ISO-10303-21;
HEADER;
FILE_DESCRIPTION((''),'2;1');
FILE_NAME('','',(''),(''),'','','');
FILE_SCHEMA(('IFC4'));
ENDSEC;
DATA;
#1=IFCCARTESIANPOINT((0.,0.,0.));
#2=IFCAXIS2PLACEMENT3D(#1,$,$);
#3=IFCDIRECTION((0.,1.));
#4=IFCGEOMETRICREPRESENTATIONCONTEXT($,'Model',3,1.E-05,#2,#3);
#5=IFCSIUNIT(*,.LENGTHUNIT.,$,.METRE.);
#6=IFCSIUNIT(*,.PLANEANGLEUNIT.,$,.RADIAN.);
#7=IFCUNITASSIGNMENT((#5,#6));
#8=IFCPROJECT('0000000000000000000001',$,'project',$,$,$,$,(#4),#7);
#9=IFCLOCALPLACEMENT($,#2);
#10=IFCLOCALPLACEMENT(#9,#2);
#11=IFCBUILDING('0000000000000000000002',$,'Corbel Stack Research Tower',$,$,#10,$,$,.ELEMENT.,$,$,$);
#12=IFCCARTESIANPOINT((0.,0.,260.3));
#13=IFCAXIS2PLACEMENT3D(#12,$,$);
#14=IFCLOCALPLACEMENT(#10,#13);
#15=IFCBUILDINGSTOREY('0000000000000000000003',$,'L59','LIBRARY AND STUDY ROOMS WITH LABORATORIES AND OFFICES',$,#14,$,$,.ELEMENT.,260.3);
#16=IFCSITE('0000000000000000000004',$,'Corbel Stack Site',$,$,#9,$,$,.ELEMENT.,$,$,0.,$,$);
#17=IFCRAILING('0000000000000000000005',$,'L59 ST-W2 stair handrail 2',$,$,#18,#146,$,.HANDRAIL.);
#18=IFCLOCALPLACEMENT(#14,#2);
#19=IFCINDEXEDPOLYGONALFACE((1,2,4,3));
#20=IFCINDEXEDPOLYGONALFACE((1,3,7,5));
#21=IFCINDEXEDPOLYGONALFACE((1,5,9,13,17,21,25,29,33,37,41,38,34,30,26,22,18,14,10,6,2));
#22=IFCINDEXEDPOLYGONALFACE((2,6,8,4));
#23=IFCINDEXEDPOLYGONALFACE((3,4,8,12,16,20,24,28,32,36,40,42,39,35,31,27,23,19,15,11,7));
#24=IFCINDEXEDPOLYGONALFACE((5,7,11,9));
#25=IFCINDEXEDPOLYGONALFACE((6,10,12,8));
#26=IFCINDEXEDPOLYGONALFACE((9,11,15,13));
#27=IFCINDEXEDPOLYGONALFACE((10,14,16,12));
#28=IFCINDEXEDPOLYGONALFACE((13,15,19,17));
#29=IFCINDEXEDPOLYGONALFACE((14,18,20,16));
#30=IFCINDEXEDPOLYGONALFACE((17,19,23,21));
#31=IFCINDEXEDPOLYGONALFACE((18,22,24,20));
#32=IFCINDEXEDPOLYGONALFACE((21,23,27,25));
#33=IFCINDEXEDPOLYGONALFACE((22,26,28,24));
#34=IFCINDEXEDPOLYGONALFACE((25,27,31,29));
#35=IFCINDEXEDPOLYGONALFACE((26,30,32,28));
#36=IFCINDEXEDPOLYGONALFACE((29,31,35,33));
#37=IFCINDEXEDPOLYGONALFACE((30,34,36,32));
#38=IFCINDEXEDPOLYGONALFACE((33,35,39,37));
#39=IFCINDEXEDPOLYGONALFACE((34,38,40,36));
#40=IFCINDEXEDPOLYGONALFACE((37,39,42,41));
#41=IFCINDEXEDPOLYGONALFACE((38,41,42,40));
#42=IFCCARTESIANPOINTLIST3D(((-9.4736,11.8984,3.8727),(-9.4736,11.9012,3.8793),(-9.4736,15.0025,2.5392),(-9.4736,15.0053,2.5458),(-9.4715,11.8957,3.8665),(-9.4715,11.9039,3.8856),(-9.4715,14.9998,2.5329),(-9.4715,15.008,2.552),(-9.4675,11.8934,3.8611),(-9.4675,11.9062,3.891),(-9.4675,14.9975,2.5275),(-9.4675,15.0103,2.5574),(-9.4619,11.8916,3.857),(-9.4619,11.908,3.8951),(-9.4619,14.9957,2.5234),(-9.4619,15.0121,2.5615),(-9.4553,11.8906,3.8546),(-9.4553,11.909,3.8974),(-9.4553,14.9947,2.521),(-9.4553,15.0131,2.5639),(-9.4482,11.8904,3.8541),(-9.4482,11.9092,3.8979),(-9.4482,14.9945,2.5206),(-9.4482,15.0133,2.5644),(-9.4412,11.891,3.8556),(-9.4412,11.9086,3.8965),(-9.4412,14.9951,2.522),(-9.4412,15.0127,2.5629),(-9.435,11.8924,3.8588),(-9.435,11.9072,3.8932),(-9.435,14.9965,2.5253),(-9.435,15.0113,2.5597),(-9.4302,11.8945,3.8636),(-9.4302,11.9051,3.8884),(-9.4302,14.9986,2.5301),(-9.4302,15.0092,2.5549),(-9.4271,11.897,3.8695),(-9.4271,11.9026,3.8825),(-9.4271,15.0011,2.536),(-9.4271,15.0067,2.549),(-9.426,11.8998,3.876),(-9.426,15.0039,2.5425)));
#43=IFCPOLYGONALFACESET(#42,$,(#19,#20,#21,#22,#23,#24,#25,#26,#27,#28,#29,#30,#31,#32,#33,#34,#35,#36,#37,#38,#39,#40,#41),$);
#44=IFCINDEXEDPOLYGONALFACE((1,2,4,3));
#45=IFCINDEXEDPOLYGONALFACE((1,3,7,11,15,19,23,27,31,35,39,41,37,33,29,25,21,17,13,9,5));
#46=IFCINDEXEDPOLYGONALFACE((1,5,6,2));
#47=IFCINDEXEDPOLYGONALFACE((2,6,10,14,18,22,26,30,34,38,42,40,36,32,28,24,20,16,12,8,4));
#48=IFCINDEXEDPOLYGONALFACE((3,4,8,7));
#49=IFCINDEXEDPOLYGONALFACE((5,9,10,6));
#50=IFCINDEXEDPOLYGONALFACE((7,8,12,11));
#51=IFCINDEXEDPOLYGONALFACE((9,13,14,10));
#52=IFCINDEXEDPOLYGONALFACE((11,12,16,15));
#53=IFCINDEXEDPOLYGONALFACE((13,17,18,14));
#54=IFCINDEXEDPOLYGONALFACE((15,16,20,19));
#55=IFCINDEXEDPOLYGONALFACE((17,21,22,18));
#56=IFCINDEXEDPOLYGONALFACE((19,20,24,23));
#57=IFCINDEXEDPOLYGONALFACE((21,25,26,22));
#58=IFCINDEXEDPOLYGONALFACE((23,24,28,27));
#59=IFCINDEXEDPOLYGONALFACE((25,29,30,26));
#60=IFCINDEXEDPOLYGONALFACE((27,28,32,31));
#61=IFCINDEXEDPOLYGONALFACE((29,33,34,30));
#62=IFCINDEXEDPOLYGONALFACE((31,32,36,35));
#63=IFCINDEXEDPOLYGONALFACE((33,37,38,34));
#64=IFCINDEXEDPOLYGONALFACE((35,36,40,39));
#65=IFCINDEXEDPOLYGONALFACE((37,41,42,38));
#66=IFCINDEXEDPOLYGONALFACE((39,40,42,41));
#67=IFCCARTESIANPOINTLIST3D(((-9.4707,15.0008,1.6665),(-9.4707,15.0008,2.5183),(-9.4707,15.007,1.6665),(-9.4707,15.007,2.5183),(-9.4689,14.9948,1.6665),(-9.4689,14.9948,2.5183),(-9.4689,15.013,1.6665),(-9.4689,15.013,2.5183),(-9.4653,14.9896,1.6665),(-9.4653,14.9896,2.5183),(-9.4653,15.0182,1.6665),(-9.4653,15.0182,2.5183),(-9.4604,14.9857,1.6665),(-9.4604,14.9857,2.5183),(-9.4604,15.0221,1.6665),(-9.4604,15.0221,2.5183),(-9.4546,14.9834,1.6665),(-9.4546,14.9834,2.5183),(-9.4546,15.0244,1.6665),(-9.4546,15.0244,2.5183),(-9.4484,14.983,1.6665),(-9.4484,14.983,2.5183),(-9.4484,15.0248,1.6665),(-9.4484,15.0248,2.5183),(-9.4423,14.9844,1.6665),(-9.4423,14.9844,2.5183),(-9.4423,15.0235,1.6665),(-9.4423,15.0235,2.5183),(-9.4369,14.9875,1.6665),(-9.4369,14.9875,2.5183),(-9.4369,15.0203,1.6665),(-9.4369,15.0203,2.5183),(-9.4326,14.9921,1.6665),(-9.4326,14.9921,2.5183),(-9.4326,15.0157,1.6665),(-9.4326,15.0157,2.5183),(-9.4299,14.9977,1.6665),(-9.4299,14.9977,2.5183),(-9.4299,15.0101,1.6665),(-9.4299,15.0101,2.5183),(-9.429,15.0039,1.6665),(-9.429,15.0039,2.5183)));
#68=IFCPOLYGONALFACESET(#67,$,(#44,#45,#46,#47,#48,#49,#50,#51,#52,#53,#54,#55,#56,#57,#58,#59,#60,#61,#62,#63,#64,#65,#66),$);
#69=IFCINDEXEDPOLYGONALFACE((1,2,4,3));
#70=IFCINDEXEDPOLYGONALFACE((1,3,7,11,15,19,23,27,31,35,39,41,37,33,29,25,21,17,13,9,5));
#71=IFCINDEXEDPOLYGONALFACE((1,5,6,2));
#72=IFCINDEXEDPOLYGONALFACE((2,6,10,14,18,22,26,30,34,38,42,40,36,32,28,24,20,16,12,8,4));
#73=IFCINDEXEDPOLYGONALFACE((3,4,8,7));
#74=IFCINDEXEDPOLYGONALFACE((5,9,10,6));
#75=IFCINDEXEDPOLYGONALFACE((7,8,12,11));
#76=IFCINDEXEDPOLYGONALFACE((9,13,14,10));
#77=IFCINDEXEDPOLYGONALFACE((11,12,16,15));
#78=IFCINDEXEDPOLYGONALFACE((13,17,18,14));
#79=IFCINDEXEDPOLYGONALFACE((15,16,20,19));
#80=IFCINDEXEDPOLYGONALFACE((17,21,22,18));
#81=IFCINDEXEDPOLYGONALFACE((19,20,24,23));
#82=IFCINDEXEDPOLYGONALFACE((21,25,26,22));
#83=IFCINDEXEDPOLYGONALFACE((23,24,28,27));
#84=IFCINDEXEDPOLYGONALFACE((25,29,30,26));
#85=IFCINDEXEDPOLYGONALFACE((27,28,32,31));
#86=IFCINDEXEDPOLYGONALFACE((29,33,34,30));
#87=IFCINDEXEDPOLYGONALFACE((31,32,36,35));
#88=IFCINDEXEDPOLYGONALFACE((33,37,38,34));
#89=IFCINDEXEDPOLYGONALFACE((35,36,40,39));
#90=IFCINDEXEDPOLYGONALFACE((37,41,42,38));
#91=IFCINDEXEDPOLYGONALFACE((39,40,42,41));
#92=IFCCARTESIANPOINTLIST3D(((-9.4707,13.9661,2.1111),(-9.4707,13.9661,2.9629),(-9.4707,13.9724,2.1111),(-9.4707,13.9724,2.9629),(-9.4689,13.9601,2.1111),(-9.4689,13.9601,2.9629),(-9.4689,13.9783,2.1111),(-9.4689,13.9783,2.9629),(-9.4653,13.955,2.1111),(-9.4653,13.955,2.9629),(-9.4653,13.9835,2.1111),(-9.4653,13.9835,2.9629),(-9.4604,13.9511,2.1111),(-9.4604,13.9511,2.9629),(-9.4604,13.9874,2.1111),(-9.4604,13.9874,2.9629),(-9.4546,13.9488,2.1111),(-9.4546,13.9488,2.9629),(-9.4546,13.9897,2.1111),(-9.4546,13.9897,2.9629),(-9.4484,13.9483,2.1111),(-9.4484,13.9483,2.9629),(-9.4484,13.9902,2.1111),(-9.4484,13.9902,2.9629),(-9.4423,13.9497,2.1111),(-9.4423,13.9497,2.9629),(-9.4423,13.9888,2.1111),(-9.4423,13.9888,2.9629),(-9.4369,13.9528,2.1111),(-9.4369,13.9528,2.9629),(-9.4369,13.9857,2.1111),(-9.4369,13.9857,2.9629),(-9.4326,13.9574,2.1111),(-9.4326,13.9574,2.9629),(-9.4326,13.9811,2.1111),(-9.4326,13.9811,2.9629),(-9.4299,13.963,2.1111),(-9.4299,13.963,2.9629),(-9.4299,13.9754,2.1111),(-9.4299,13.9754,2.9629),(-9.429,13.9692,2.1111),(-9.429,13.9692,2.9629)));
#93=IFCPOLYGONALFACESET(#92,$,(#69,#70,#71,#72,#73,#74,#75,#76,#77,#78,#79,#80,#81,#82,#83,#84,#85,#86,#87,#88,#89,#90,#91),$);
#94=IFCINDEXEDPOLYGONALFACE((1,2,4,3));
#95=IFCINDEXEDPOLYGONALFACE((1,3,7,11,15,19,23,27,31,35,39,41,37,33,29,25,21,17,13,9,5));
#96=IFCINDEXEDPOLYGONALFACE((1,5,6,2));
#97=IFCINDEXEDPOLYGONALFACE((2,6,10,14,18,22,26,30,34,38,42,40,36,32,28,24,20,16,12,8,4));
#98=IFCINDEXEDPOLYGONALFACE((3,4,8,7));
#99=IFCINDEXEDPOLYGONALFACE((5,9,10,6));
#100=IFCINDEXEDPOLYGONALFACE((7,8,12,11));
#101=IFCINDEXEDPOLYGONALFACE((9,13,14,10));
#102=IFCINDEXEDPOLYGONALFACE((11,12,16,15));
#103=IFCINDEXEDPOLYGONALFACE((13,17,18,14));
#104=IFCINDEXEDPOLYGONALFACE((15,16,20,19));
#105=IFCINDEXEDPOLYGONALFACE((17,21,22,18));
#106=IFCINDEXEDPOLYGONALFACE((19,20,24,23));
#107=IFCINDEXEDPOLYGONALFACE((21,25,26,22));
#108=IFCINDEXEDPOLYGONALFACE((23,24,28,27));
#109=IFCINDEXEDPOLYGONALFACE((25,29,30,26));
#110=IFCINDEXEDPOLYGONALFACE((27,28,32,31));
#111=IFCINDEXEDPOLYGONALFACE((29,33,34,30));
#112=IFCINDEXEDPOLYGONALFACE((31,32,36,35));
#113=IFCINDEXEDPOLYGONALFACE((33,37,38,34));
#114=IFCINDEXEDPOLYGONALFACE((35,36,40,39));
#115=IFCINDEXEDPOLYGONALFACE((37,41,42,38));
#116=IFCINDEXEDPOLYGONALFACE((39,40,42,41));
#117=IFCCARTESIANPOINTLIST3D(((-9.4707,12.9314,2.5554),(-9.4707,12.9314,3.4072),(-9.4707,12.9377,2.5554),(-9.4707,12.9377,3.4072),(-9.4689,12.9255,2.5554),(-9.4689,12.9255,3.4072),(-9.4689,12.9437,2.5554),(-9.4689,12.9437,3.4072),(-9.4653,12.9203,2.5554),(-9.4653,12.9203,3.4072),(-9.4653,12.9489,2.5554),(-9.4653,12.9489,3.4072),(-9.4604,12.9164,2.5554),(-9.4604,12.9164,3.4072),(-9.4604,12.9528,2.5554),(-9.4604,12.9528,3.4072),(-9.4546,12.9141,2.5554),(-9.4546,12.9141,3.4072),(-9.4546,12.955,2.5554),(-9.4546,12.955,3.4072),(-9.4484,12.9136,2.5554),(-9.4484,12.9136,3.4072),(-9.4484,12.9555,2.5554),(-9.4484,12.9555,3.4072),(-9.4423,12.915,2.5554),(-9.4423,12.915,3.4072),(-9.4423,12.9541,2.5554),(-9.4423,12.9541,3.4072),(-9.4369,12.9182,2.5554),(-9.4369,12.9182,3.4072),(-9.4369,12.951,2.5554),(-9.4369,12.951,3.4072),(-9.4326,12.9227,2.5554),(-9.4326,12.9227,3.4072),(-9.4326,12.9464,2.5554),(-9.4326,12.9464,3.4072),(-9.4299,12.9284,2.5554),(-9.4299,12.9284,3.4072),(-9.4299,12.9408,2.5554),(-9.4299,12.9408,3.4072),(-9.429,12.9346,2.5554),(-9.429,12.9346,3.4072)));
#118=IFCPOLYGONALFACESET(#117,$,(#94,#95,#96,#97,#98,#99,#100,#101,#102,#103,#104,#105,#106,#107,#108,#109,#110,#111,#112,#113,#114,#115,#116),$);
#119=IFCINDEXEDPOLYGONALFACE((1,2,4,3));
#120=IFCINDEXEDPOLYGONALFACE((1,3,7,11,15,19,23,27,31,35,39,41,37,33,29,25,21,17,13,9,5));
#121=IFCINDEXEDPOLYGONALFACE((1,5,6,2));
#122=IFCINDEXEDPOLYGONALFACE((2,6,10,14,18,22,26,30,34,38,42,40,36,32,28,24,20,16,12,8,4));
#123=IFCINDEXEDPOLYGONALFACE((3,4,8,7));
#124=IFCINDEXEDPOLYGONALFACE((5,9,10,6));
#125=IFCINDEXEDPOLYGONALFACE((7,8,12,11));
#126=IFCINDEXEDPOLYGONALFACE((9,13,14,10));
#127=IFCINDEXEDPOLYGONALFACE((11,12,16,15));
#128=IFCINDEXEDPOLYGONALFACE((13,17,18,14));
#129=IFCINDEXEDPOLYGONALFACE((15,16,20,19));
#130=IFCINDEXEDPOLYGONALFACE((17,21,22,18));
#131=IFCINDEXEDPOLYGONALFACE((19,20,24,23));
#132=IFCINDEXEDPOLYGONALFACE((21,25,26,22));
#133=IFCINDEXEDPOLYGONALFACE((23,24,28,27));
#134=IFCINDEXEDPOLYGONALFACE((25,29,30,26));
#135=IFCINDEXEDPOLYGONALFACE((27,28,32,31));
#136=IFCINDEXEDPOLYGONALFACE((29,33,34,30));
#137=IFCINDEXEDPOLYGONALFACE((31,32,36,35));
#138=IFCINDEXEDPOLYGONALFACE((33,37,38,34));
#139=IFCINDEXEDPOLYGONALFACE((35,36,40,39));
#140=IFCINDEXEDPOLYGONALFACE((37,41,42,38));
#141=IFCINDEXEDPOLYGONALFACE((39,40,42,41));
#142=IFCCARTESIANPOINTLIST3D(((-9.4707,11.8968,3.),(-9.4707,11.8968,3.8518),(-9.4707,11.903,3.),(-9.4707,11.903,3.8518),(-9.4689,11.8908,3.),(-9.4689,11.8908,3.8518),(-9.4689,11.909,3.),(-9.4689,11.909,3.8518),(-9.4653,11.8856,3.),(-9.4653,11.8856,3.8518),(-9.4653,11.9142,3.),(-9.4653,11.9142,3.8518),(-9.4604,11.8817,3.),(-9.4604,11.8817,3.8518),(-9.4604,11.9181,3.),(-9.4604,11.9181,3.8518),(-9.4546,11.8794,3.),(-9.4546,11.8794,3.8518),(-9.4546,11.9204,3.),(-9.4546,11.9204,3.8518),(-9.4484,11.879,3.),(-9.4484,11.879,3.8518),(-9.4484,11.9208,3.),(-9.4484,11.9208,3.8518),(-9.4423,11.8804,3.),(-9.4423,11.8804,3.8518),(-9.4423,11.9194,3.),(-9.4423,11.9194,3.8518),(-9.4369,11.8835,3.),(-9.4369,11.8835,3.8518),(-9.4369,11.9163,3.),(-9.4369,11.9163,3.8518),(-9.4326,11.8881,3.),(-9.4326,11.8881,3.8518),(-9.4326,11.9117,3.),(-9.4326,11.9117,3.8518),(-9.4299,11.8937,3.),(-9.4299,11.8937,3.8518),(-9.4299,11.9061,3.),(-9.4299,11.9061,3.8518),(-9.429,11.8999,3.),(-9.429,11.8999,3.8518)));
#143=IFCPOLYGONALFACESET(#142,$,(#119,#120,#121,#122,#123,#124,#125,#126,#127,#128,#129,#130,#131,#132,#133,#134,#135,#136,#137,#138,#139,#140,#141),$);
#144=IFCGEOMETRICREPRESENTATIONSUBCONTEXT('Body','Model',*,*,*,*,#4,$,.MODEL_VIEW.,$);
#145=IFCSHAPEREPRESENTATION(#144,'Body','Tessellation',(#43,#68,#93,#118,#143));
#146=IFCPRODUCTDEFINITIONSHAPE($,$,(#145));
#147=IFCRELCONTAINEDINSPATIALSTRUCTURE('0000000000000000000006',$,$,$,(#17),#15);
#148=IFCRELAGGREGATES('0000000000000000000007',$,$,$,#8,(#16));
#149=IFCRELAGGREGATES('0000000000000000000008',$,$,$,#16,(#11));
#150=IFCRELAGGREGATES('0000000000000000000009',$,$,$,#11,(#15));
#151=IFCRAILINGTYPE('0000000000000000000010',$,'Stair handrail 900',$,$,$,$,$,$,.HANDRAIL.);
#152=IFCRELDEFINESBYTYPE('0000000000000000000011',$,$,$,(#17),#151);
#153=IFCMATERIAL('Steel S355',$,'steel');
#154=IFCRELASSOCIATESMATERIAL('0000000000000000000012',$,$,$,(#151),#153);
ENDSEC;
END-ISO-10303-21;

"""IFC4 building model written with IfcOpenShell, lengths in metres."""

from ifc_helpers import new_model, si_unit, direction, frame, origin, origin_2d, place, context, subcontext, project, spatial, circle, extrude, material, type_object, element, save


model = new_model("IFC4")

# Units and contexts
model_context = context("Model", 3, precision=1e-05, world=origin(), true_north=direction((0.0, 1.0)))
body_context = subcontext(model_context, "Body", "Model", "MODEL_VIEW")
ifc_project = project(units=[si_unit("LENGTHUNIT", "METRE"), si_unit("PLANEANGLEUNIT", "RADIAN")], contexts=[model_context])

# Site, building, storey
site_placement = place(None, origin())
site = spatial("IfcSite", under=ifc_project, at=site_placement, Name="Corbel Stack Site", CompositionType="ELEMENT", RefElevation=0.0)
building_placement = place(site_placement, origin())
building = spatial("IfcBuilding", under=site, at=building_placement, Name="Corbel Stack Research Tower", CompositionType="ELEMENT")
storey_placement = place(building_placement, frame((0.0, 0.0, 260.3)))
storey = spatial("IfcBuildingStorey", under=building, at=storey_placement, Name="L59", Description="LIBRARY AND STUDY ROOMS WITH LABORATORIES AND OFFICES", CompositionType="ELEMENT", Elevation=260.3)

# Railing
ifc_material_1 = material(Name="Steel S355", Category="steel")
railing_type_1 = type_object("IfcRailingType", Name="Stair handrail 900", PredefinedType="HANDRAIL", material=ifc_material_1)
railing_placement = place(storey_placement, frame((-9.45, 15.0039, 1.6665)))
element("IfcRailing", 1, at=railing_placement, inside=storey, type_object=railing_type_1, Name="L59 ST-W2 stair handrail 2", PredefinedType="HANDRAIL", context=body_context, shape_type="SweptSolid", body=[
    extrude(circle(Radius=0.0239, at=origin_2d()), frame((0.0, 0.0, 0.876), z_axis=(0.0, -0.918801, 0.394722), x_axis=(1.0, 0.0, 0.0)), (0.0, 0.0, 1.0), 3.3784),
    extrude(circle(Radius=0.021, at=origin_2d()), origin(), (0.0, 0.0, 1.0), 0.8518),
    extrude(circle(Radius=0.021, at=origin_2d()), frame((0.0, -1.0347, 0.4446)), (0.0, 0.0, 1.0), 0.8518),
    extrude(circle(Radius=0.021, at=origin_2d()), frame((0.0, -2.0693, 0.8889)), (0.0, 0.0, 1.0), 0.8518),
    extrude(circle(Radius=0.021, at=origin_2d()), frame((0.0, -3.104, 1.3335)), (0.0, 0.0, 1.0), 0.8518),
])

save(model, "model.ifc")
